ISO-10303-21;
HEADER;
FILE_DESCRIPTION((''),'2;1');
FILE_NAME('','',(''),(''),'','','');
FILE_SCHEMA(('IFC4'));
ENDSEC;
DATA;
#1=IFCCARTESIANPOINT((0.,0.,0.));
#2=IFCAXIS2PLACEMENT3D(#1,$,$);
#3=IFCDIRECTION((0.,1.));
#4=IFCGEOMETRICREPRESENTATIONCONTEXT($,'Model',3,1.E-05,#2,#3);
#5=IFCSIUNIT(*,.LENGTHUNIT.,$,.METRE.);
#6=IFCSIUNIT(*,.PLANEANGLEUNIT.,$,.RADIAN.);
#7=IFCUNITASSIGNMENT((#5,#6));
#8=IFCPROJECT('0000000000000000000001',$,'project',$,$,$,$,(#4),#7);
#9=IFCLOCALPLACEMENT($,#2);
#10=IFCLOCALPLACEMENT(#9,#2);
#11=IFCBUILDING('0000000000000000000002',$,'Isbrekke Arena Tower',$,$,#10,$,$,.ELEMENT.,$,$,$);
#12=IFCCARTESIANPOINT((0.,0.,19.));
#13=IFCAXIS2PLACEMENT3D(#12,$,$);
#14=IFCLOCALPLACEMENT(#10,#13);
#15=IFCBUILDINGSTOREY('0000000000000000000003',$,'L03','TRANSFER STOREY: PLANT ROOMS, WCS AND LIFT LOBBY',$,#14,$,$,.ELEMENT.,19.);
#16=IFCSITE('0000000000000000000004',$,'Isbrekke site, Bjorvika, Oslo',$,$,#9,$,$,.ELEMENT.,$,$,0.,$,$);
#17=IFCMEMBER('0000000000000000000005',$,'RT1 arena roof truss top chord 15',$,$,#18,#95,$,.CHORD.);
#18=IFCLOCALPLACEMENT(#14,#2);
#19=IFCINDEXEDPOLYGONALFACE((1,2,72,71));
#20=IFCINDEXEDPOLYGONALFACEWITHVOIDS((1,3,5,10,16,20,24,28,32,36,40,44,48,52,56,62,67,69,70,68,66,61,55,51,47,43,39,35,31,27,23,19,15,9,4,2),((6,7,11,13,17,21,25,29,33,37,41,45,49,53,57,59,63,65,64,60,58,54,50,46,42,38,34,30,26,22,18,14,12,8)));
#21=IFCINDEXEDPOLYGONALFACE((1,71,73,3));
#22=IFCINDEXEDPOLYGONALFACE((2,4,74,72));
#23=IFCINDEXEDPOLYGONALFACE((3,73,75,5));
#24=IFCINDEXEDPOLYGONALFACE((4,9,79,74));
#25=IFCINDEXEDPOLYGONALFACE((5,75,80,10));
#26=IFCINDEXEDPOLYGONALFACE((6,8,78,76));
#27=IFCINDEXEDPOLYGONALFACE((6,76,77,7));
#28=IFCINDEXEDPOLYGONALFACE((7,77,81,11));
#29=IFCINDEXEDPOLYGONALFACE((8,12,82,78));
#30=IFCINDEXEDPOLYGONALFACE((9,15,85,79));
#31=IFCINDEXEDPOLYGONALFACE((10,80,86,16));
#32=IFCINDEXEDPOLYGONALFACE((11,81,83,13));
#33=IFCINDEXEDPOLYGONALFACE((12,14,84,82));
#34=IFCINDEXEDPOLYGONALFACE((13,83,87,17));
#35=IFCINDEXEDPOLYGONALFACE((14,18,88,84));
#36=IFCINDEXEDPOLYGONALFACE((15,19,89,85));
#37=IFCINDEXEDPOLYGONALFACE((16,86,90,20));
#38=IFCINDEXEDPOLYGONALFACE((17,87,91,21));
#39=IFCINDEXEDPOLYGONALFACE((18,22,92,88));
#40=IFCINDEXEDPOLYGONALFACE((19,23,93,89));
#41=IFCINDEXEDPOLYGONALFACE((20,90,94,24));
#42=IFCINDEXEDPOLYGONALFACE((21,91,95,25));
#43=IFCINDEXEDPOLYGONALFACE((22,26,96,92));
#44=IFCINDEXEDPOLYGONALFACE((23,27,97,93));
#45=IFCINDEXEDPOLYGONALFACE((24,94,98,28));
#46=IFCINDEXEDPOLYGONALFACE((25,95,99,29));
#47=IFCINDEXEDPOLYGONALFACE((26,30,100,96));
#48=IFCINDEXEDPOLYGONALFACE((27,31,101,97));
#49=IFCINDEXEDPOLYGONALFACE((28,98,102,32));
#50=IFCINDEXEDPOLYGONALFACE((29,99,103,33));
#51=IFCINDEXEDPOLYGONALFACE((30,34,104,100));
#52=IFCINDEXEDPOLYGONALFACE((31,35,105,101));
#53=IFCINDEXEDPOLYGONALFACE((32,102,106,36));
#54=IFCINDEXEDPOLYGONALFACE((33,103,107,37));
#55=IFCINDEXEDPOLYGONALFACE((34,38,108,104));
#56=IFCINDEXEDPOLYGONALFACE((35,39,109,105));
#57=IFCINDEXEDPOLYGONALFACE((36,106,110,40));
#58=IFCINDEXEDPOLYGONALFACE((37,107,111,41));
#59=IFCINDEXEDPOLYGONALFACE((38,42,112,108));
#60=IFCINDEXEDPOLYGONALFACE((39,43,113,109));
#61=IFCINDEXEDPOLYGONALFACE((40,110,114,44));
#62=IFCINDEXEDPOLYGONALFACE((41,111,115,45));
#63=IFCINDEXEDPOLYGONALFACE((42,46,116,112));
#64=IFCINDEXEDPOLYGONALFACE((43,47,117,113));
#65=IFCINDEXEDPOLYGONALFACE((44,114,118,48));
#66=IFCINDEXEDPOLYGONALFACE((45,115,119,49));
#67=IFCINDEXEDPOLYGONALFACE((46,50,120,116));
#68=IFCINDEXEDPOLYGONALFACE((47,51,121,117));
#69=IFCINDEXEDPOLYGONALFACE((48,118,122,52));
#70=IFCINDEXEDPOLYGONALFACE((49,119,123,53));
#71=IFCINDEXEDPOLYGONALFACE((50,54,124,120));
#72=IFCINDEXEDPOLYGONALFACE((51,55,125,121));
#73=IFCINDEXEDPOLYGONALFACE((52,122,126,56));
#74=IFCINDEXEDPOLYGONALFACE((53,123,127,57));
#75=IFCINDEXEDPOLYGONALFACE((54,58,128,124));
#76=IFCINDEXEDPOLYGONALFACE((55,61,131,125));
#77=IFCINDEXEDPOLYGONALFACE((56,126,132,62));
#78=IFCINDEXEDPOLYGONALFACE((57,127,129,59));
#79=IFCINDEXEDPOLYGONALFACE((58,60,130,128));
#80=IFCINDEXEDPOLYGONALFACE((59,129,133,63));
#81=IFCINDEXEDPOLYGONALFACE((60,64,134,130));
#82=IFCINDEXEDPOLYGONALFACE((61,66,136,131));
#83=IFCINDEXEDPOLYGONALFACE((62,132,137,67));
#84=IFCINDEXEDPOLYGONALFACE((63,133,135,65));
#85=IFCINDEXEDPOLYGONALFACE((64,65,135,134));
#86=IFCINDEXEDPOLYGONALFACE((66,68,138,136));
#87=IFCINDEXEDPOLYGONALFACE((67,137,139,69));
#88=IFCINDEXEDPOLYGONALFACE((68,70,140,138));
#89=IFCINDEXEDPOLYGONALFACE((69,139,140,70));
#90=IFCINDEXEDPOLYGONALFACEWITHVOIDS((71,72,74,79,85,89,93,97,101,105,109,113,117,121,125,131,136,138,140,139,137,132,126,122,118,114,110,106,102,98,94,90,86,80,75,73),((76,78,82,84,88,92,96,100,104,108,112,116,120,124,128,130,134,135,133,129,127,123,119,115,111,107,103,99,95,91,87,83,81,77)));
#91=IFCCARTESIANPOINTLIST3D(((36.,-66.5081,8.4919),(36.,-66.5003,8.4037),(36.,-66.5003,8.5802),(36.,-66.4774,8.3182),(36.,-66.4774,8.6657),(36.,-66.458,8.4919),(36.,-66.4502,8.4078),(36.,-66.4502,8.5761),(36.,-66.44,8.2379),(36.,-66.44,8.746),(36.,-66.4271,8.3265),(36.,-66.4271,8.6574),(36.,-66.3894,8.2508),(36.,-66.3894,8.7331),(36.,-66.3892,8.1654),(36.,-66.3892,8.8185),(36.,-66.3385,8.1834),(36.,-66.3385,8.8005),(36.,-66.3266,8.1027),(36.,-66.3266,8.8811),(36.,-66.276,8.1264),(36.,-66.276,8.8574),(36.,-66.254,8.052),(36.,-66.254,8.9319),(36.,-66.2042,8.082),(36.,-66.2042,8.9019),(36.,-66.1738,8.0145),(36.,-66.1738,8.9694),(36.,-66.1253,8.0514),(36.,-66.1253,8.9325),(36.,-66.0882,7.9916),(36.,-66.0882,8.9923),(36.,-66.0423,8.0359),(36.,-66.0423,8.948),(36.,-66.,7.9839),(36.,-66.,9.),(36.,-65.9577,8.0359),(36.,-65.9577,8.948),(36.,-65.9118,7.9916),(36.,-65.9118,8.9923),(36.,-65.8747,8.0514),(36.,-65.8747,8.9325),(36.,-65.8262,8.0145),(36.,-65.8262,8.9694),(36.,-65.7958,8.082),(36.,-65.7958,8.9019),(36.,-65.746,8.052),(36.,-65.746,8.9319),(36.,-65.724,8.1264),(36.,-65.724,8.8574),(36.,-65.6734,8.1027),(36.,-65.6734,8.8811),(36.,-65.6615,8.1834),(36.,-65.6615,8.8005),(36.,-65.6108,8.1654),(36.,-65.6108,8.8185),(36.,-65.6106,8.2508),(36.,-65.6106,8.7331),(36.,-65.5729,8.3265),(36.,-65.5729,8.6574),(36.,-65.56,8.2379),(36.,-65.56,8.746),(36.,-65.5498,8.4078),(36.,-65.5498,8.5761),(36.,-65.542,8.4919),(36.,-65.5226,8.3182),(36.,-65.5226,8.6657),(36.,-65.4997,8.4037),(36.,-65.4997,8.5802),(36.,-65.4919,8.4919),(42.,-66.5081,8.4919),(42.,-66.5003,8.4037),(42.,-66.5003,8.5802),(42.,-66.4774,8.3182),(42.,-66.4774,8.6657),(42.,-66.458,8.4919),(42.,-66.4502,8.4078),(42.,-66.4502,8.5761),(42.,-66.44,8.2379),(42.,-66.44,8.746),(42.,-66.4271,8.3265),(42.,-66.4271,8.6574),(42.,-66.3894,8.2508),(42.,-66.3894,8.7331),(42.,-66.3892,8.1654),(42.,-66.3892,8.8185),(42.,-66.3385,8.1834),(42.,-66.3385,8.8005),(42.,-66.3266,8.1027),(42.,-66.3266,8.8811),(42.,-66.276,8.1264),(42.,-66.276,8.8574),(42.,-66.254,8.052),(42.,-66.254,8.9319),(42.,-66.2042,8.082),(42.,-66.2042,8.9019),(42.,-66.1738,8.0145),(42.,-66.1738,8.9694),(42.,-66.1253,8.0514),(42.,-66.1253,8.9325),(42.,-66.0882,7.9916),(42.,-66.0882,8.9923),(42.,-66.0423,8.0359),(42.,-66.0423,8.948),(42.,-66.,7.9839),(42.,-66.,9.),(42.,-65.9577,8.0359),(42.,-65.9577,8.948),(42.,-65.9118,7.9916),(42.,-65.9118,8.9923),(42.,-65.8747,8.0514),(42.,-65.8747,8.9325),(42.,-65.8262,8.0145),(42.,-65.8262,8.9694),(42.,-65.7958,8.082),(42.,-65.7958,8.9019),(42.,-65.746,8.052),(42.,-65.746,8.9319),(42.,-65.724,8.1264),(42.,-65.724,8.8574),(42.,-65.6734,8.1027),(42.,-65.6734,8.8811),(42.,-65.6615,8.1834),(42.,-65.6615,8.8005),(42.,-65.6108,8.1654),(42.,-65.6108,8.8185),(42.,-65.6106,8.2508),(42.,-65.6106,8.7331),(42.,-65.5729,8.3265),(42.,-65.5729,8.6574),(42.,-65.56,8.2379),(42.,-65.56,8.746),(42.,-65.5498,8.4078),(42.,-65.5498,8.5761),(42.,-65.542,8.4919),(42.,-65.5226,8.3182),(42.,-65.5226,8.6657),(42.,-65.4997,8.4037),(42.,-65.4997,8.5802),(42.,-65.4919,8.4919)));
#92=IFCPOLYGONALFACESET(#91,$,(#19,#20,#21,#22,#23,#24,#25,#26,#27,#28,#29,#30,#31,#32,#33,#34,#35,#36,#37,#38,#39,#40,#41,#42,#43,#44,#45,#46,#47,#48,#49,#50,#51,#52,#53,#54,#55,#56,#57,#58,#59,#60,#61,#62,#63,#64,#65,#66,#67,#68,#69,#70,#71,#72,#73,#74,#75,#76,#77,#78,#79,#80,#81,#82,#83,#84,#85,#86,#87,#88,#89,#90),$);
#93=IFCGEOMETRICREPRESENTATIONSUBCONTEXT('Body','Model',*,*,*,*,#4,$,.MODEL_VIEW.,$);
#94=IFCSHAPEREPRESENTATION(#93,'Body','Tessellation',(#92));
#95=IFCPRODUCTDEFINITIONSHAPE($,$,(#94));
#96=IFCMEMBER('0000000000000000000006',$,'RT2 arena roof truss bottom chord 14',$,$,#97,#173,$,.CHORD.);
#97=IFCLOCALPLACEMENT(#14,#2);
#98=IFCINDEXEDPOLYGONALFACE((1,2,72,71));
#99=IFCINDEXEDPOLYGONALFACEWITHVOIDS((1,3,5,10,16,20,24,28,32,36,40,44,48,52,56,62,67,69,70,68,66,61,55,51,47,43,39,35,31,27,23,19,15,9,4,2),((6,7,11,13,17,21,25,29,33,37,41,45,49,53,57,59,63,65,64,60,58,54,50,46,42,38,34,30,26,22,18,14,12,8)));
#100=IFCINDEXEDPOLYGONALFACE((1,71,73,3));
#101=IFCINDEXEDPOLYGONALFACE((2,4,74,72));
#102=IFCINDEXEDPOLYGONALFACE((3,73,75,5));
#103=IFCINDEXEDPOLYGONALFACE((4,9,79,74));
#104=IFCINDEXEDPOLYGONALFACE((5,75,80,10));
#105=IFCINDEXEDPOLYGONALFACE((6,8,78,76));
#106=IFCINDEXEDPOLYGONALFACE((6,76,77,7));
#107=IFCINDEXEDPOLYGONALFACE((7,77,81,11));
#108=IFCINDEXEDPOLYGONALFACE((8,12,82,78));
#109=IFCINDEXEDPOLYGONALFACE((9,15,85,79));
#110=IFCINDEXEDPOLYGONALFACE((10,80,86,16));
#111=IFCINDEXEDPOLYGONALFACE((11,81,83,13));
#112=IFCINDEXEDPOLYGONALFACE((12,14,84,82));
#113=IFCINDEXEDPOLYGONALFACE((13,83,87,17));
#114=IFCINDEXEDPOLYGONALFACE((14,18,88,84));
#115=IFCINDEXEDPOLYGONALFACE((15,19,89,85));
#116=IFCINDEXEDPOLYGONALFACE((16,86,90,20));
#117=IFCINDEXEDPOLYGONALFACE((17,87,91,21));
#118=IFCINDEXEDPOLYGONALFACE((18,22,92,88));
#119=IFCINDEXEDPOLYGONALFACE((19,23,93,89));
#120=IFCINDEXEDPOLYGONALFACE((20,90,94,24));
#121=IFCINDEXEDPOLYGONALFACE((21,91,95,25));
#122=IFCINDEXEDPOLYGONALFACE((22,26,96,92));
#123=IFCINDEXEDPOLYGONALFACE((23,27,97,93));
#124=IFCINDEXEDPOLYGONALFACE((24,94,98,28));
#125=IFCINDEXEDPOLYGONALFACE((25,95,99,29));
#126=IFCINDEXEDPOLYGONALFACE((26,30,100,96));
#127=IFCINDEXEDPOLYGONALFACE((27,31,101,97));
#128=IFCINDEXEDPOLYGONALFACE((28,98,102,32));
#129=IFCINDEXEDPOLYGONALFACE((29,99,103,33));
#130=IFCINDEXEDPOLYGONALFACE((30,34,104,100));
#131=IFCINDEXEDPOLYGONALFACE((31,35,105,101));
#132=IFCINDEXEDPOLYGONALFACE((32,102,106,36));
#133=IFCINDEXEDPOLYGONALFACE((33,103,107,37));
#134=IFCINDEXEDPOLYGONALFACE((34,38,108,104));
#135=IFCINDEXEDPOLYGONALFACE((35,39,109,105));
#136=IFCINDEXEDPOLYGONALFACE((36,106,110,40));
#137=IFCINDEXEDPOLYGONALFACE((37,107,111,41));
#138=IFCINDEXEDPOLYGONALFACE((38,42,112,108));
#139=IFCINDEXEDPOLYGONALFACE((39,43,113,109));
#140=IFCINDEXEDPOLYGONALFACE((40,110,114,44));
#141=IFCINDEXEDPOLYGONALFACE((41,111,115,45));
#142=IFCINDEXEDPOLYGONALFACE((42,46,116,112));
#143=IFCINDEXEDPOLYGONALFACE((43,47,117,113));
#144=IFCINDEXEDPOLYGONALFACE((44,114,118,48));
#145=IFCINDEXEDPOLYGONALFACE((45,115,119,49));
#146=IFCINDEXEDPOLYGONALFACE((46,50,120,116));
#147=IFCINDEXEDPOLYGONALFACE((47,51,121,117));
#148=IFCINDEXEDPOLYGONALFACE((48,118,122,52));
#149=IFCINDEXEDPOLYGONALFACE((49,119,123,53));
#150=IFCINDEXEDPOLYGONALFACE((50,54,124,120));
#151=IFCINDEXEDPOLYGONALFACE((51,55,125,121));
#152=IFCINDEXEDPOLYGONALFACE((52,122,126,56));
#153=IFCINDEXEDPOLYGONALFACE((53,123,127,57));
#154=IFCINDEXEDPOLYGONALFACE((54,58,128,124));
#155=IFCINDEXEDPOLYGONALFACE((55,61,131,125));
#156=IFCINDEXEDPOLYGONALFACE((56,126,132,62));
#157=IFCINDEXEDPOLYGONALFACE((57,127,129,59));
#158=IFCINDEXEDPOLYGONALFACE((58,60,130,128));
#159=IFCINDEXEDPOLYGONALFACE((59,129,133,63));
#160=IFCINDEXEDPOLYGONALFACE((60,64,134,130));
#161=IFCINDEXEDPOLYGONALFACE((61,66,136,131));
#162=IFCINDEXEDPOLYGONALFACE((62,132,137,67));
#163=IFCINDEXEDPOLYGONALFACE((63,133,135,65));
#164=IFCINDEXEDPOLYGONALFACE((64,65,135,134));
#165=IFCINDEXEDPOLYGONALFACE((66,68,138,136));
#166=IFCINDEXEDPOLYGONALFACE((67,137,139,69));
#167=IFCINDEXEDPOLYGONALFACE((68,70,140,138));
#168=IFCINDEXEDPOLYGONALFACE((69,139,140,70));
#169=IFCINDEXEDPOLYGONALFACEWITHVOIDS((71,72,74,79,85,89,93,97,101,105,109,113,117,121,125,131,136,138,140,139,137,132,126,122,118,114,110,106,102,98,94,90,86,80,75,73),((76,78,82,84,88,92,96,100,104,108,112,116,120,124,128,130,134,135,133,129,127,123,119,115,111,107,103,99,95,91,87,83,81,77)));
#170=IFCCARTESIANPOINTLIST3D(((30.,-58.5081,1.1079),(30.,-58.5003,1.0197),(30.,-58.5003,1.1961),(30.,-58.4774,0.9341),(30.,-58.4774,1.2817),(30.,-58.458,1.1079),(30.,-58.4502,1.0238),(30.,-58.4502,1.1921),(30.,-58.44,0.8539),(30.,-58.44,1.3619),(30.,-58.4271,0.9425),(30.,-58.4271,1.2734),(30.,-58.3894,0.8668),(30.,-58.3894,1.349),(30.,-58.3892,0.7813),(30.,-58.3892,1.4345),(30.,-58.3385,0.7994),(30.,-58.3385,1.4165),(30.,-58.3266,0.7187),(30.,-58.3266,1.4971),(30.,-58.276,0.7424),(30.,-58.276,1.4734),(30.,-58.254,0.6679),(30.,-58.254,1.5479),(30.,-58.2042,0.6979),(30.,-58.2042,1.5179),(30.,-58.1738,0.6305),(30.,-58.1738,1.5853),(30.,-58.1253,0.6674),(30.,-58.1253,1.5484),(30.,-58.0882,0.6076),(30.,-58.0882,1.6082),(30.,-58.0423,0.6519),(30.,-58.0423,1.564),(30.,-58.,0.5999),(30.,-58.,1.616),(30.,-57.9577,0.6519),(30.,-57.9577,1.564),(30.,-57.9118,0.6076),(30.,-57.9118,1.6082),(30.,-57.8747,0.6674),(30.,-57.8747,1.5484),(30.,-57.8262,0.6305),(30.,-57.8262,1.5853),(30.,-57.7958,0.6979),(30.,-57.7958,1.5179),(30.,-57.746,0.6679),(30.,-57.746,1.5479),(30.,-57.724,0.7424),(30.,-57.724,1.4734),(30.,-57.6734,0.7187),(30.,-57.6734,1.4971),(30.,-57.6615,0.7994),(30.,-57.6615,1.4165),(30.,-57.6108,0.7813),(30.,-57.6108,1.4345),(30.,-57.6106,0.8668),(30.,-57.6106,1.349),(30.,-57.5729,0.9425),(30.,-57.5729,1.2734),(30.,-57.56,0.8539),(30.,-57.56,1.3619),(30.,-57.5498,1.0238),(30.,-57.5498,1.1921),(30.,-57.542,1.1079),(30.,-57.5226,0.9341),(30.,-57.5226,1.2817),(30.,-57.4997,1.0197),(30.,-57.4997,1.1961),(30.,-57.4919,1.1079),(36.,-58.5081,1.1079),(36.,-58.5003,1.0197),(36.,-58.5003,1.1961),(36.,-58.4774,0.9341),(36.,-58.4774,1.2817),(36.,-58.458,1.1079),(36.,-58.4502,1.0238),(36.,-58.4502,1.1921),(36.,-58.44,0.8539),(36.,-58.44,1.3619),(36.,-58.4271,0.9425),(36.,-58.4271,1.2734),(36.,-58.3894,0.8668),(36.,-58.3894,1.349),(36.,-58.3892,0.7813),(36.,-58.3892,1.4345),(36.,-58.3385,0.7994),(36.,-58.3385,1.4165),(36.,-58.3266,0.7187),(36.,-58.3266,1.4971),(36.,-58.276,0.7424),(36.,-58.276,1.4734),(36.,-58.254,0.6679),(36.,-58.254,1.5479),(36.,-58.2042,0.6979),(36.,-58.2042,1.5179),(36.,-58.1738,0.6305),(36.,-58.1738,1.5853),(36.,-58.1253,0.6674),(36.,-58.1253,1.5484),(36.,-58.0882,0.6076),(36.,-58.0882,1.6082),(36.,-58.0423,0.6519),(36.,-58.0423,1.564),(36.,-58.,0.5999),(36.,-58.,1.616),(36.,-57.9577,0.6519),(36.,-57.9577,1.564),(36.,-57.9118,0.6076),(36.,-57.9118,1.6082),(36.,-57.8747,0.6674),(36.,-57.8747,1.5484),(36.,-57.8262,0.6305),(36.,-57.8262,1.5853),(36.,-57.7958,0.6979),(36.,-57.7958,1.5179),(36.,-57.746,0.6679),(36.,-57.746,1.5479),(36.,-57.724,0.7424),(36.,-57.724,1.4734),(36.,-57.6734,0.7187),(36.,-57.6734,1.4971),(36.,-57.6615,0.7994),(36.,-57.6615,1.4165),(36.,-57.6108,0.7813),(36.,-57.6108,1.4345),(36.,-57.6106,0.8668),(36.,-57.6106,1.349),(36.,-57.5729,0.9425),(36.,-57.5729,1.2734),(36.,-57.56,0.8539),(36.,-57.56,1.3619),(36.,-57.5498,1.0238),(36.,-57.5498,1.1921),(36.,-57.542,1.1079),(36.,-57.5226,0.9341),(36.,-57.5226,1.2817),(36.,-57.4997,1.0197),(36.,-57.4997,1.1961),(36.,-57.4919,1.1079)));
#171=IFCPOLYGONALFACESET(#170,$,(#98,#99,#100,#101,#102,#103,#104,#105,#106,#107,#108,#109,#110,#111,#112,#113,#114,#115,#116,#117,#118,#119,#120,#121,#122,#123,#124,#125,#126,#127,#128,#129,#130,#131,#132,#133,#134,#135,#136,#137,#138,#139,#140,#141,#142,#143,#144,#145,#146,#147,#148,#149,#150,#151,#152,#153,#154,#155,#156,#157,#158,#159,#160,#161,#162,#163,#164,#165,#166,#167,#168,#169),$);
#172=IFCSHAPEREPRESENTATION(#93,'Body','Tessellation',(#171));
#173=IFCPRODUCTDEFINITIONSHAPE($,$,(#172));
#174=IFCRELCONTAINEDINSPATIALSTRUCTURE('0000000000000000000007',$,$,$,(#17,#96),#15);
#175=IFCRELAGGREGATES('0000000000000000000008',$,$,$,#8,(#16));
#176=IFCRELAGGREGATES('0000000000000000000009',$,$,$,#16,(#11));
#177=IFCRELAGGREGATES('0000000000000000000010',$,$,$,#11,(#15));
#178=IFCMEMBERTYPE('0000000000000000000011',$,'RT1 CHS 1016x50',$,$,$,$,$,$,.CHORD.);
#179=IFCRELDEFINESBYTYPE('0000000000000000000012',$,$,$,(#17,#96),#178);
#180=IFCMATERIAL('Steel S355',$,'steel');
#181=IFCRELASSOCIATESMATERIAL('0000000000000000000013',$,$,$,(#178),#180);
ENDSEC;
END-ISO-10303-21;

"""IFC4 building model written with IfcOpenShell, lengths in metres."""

from ifc_helpers import new_model, si_unit, direction, frame, origin, origin_2d, place, context, subcontext, project, spatial, hollow_circle, extrude, material, material_profile, profile_set, type_object, element, save


model = new_model("IFC4")

# Units and contexts
model_context = context("Model", 3, precision=1e-05, world=origin(), true_north=direction((0.0, 1.0)))
body_context = subcontext(model_context, "Body", "Model", "MODEL_VIEW")
ifc_project = project(units=[si_unit("LENGTHUNIT", "METRE"), si_unit("PLANEANGLEUNIT", "RADIAN")], contexts=[model_context])

# Site, building, storey
site_placement = place(None, origin())
site = spatial("IfcSite", under=ifc_project, at=site_placement, Name="Isbrekke site, Bjorvika, Oslo", CompositionType="ELEMENT", RefElevation=0.0)
building_placement = place(site_placement, origin())
building = spatial("IfcBuilding", under=site, at=building_placement, Name="Isbrekke Arena Tower", CompositionType="ELEMENT")
storey_placement = place(building_placement, frame((0.0, 0.0, 19.0)))
storey = spatial("IfcBuildingStorey", under=building, at=storey_placement, Name="L03", Description="TRANSFER STOREY: PLANT ROOMS, WCS AND LIFT LOBBY", CompositionType="ELEMENT", Elevation=19.0)

# Members
ifc_material_1 = material(Name="Steel S355", Category="steel")
ifc_material_profile_1 = material_profile(ifc_material_1, hollow_circle(Radius=0.5081, WallThickness=0.05, at=origin_2d()), Name="CHS 1016x50")
ifc_profile_set_1 = profile_set([ifc_material_profile_1], Name="Steel S355")
member_type_1 = type_object("IfcMemberType", Name="RT1 CHS 1016x50", PredefinedType="CHORD", material=ifc_profile_set_1)
for number, where, z_axis, x_axis, name in (
    (1, (36.0, -66.0, 8.4919), (1.0, 0.0, 0.0), (0.0, 1.0, 0.0), "RT1 arena roof truss top chord 15"),
    (2, (30.0, -58.0, 1.1079), (1.0, 0.0, 0.0), (0.0, 1.0, 0.0), "RT2 arena roof truss bottom chord 14"),
):
    element("IfcMember", number, at=place(storey_placement, frame(where, z_axis=z_axis, x_axis=x_axis)), inside=storey, type_object=member_type_1, Name=name, PredefinedType="CHORD", context=body_context, shape_type="SweptSolid", body=[
        extrude(hollow_circle(Radius=0.5081, WallThickness=0.05, at=origin_2d()), origin(), (0.0, 0.0, 1.0), 6.0),
    ])

save(model, "model.ifc")
